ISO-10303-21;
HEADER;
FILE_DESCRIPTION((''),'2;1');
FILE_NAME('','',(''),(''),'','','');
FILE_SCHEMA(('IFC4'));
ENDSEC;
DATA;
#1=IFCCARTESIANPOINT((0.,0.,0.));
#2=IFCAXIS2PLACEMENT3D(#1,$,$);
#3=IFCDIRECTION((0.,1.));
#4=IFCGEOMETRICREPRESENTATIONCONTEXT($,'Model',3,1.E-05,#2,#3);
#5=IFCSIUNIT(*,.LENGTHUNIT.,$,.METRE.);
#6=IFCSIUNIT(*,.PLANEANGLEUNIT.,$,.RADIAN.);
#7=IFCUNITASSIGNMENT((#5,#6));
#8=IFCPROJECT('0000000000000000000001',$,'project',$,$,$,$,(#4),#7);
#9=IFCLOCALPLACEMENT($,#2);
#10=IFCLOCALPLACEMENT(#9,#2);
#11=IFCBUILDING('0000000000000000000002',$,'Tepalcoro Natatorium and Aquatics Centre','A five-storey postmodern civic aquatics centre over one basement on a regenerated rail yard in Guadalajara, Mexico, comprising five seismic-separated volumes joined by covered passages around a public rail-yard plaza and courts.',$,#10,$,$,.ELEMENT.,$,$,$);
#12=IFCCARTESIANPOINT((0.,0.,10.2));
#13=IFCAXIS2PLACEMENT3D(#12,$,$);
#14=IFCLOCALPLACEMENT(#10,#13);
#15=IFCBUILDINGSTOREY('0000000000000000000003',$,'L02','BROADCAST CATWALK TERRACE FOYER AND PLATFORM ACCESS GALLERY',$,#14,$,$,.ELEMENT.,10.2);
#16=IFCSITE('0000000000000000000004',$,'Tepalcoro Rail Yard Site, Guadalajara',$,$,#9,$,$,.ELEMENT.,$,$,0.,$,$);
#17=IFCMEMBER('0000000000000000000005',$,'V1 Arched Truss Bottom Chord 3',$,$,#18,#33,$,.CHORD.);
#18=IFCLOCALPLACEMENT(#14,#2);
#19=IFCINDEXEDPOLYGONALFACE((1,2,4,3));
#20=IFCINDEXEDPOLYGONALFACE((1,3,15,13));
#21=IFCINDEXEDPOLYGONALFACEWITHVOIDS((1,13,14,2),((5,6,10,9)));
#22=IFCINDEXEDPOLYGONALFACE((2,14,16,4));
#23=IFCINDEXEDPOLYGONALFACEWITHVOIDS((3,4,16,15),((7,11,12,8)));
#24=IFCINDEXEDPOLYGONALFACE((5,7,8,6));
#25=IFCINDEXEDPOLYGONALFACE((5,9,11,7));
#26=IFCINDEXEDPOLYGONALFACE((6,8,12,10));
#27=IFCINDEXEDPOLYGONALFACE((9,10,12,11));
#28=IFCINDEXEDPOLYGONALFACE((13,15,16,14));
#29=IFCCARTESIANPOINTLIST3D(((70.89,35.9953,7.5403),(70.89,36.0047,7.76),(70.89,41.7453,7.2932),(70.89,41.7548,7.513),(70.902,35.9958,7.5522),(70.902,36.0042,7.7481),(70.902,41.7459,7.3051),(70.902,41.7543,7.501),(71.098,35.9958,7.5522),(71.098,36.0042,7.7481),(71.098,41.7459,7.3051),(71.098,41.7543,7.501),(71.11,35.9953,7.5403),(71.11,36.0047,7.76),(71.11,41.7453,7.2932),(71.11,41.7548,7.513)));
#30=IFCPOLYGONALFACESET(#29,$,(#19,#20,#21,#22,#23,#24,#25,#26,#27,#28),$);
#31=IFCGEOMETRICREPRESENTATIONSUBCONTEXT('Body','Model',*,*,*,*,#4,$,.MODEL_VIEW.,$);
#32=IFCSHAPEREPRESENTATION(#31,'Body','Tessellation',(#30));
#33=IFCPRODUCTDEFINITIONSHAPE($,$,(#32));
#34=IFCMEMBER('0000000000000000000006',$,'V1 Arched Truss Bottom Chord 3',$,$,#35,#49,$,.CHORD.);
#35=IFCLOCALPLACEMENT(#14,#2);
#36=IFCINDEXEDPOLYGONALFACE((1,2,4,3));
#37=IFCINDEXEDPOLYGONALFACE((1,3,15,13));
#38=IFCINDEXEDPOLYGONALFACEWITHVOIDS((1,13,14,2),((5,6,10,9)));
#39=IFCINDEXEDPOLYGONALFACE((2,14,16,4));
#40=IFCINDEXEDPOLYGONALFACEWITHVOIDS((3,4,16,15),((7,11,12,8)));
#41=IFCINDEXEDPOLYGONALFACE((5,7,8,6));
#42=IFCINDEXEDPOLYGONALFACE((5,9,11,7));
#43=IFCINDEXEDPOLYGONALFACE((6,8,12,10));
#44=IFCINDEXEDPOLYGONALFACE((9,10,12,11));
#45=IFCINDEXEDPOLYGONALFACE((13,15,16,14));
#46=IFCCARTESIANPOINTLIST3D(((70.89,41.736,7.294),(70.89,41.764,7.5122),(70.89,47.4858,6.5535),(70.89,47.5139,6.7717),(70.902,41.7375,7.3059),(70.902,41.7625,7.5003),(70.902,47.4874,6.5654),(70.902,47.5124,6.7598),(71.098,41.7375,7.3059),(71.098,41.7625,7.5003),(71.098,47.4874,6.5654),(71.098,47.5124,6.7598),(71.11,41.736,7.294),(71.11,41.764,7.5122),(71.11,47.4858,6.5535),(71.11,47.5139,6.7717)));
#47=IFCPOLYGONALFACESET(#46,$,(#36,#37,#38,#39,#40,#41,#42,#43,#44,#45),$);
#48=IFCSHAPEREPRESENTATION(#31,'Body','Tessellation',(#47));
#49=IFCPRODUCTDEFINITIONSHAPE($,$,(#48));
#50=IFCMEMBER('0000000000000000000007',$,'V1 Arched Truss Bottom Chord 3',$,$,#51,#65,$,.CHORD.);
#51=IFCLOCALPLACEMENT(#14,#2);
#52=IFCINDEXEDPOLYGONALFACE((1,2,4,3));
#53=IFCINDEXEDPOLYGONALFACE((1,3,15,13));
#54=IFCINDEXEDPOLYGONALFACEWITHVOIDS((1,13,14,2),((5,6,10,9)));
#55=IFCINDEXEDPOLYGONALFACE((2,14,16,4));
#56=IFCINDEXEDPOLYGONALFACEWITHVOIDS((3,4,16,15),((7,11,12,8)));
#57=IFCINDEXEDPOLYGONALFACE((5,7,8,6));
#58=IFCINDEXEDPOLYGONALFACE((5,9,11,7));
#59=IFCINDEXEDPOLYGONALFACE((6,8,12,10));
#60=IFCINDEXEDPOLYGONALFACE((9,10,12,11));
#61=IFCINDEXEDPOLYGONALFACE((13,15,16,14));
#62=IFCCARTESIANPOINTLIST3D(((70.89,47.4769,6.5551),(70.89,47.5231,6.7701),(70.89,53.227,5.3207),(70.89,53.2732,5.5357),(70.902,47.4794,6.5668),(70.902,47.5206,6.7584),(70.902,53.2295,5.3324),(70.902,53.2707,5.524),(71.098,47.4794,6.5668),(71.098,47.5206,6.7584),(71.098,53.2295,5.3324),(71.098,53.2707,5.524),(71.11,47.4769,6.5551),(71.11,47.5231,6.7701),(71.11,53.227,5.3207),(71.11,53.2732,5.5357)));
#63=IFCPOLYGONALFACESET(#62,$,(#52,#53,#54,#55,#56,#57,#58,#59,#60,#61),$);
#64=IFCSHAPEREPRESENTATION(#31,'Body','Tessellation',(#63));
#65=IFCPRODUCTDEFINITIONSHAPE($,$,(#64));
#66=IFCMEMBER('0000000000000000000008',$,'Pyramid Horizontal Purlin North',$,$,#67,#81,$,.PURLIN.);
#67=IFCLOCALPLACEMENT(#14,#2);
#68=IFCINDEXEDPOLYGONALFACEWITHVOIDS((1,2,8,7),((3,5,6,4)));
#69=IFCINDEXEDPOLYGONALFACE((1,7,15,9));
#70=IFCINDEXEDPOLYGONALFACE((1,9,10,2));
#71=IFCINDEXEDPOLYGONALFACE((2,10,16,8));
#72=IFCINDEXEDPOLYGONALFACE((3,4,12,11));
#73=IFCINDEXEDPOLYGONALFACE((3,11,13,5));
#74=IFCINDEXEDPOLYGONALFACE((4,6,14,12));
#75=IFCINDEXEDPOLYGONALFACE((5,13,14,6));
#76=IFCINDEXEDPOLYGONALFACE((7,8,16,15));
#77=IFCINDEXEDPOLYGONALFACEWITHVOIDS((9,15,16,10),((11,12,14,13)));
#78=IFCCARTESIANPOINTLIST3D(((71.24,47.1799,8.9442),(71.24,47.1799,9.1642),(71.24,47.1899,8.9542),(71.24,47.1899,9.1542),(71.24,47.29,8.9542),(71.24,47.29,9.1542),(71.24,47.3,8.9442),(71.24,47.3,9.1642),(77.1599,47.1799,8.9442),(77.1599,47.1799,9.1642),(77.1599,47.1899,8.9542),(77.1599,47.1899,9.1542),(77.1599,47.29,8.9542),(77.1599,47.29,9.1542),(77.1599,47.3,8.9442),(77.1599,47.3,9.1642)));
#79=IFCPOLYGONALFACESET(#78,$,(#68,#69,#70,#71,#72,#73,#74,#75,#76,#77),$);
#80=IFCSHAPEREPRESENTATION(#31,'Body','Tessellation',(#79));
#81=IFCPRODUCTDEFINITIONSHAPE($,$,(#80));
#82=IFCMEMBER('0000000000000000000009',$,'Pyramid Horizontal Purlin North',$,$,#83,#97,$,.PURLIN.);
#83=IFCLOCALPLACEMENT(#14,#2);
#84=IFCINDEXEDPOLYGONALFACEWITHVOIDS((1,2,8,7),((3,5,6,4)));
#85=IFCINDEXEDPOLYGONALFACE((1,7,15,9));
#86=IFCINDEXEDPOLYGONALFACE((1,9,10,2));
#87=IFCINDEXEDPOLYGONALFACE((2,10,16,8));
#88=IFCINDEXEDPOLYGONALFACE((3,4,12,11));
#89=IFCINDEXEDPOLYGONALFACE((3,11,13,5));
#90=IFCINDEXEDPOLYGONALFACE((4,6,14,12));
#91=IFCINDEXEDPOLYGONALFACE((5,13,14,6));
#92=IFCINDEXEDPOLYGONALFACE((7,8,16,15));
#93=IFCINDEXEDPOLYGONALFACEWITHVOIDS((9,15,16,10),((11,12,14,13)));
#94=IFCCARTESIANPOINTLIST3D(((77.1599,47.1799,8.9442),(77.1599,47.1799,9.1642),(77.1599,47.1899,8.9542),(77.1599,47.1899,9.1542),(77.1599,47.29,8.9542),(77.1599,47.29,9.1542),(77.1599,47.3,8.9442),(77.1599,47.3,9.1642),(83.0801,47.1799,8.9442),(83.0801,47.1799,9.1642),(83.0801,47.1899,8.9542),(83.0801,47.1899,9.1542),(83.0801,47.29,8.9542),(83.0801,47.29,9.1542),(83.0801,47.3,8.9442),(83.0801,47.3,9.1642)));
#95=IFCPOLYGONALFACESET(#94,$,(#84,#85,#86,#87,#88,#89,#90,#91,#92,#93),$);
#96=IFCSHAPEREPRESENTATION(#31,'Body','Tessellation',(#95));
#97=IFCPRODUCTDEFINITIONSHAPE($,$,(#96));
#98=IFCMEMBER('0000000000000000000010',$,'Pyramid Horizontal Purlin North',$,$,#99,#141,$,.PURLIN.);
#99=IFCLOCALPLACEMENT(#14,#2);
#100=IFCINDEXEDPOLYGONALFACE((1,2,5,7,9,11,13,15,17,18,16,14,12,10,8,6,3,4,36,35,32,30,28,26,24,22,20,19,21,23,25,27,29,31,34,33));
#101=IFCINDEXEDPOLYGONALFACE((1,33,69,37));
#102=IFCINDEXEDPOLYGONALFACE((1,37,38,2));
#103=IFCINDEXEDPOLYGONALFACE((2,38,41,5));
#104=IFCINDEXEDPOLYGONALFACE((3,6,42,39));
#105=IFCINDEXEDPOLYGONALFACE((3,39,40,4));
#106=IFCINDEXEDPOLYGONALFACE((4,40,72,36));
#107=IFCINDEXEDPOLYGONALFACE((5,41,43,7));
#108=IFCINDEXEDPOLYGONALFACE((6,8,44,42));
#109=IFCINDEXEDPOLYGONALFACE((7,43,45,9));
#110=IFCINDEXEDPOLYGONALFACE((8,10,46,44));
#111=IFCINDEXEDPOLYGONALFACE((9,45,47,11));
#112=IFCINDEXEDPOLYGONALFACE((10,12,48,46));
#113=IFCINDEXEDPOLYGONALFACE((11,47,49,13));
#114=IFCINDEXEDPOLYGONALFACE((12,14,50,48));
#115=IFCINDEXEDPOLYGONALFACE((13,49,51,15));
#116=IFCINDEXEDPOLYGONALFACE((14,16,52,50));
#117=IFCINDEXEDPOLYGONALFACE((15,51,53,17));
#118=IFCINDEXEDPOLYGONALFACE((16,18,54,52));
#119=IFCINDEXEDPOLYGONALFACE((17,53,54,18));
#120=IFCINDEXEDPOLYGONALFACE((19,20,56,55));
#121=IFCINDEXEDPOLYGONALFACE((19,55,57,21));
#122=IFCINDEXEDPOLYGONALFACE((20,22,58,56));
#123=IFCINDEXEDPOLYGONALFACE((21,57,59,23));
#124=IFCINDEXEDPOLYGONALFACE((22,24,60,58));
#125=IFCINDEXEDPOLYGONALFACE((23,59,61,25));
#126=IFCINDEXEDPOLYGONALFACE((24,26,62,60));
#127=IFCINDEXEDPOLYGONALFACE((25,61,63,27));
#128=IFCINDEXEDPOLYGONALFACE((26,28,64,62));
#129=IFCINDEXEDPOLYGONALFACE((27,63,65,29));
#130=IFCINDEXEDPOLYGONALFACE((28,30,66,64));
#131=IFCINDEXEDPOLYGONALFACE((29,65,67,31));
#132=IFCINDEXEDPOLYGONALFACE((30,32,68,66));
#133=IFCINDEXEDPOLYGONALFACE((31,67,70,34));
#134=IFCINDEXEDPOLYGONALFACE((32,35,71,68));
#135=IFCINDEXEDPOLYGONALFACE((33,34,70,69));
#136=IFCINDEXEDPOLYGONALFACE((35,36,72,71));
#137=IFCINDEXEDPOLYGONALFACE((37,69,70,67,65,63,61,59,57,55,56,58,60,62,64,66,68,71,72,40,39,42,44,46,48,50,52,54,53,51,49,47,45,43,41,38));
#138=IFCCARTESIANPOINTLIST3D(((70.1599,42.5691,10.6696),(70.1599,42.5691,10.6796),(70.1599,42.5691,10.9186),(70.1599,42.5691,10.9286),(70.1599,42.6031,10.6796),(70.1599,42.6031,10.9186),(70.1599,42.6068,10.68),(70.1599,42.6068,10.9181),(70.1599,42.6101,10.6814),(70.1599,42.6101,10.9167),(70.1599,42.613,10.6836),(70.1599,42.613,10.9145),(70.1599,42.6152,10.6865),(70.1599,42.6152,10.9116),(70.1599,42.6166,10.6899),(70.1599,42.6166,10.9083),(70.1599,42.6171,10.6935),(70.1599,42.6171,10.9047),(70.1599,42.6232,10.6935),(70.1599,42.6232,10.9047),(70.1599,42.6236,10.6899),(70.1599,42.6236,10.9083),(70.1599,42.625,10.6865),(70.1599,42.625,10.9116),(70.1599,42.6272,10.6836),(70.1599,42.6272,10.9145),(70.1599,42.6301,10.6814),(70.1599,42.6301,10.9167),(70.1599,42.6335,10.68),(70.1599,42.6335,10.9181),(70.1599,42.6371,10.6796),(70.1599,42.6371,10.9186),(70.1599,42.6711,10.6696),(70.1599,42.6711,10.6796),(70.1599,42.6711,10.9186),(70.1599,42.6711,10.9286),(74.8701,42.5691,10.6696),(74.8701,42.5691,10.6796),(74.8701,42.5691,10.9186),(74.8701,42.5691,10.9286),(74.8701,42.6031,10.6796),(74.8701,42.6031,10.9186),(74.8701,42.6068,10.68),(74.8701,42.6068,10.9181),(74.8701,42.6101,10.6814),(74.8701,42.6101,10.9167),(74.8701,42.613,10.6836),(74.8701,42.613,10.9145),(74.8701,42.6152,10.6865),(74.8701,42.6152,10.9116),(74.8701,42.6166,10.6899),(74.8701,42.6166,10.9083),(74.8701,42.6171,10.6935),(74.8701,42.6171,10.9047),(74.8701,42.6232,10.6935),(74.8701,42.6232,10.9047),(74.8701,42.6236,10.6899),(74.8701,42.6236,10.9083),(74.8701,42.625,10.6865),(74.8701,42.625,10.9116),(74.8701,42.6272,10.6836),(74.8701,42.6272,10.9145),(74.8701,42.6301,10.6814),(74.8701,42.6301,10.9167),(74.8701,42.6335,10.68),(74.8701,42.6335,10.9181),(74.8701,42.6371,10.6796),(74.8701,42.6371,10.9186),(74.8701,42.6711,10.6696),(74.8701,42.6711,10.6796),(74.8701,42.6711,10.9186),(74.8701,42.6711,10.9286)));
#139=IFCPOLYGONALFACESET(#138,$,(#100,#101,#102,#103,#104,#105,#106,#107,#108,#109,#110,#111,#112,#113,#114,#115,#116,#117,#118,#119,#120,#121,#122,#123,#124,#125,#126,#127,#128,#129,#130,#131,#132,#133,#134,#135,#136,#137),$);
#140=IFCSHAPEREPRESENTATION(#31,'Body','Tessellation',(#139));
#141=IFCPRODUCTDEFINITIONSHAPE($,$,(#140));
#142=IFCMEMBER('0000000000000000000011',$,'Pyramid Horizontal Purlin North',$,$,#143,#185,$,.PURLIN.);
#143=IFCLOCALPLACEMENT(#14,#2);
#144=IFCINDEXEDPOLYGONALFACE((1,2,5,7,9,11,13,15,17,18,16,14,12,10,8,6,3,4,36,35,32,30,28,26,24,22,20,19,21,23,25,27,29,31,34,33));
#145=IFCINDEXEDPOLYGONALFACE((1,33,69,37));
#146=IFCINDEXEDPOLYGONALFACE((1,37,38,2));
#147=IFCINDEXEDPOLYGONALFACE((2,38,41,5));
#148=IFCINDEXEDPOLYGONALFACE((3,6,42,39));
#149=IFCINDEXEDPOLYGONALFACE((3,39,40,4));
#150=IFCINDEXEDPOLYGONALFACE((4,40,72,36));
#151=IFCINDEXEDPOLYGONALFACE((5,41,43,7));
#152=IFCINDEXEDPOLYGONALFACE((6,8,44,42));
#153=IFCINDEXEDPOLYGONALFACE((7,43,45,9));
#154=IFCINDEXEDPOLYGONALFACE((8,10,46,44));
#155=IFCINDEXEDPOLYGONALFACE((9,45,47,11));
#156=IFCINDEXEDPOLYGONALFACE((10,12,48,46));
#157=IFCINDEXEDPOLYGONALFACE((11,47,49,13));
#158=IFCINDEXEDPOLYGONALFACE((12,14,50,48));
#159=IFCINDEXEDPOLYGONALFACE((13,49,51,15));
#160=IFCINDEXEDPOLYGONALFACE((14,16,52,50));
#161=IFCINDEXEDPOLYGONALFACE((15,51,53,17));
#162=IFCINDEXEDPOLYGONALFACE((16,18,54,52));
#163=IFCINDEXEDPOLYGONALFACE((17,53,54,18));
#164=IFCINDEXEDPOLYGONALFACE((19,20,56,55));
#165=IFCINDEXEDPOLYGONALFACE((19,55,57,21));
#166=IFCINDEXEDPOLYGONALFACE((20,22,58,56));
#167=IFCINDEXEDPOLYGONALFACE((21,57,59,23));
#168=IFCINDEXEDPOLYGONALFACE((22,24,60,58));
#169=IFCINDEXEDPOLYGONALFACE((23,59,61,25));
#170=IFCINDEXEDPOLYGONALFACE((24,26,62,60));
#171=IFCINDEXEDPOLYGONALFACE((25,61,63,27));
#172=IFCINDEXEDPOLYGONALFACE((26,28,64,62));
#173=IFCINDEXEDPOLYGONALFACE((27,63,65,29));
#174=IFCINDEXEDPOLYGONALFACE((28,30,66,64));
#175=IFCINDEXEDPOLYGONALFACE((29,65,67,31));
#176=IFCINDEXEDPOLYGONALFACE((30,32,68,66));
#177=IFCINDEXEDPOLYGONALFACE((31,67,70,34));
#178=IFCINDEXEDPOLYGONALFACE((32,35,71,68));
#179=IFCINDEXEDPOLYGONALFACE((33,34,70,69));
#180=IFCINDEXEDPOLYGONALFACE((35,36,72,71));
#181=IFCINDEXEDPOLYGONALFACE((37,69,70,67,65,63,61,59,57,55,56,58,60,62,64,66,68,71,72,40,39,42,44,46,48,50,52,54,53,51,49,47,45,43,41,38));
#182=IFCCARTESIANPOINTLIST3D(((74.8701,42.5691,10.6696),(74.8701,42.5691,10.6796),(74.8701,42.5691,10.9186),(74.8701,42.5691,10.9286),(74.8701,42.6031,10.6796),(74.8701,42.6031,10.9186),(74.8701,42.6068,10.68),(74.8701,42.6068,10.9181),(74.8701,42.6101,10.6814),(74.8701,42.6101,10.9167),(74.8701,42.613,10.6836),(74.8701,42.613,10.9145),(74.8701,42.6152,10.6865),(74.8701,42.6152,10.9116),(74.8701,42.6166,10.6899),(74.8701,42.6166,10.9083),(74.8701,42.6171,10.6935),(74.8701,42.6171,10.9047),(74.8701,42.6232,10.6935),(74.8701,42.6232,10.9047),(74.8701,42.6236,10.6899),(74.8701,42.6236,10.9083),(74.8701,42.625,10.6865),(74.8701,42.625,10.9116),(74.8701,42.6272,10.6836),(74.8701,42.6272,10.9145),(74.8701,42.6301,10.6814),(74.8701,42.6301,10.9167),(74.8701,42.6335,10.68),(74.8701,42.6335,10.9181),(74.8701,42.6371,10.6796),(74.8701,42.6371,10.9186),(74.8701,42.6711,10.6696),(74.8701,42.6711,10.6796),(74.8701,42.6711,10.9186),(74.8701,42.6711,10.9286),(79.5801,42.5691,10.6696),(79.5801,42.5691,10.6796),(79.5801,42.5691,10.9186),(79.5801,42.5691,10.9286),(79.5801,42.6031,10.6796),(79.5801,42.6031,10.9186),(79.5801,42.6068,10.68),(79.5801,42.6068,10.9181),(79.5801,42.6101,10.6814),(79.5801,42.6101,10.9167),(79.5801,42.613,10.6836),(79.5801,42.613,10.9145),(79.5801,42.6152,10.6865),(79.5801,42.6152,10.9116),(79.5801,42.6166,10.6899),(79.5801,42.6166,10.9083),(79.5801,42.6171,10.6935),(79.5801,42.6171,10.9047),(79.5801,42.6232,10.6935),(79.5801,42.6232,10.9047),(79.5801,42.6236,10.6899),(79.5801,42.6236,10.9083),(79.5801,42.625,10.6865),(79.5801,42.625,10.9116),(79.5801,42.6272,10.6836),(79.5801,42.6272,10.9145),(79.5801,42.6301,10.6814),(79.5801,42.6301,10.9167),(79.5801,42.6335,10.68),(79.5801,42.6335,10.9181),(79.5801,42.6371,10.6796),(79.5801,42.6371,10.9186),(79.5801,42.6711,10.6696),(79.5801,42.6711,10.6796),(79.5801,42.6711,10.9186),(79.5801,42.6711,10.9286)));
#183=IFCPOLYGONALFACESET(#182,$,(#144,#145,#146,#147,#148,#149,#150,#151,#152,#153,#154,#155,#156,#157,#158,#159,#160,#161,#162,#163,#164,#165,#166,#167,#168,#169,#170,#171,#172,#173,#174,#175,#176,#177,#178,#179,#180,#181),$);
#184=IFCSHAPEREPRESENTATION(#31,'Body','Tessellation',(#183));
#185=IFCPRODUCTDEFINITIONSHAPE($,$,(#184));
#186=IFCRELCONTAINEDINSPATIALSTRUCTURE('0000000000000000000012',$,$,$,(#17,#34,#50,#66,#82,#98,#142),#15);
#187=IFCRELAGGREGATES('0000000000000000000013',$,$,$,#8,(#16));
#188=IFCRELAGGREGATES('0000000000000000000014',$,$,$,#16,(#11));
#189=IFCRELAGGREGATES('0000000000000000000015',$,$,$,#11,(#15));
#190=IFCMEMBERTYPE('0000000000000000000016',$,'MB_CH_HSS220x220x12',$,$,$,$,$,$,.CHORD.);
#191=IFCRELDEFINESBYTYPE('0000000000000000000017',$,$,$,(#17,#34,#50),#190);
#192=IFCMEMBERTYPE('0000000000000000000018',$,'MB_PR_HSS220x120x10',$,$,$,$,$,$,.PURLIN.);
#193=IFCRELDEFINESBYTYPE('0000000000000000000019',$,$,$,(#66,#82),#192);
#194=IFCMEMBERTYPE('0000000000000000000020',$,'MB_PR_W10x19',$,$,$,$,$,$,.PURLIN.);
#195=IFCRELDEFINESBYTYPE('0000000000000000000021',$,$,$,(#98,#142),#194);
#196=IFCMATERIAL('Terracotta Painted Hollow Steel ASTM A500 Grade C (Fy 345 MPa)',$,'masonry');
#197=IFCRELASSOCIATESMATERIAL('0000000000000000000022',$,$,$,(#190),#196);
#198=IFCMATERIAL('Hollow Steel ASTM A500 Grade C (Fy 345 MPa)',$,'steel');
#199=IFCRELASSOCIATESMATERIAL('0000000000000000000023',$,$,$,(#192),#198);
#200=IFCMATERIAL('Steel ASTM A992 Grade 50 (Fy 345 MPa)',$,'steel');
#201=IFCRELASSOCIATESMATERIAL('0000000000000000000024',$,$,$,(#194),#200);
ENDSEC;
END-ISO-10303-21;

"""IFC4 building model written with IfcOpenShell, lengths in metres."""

from ifc_helpers import new_model, si_unit, direction, frame, origin, origin_2d, place, context, subcontext, project, spatial, hollow_rectangle, i_section, extrude, material, material_profile, profile_set, type_object, element, save


model = new_model("IFC4")

# Units and contexts
model_context = context("Model", 3, precision=1e-05, world=origin(), true_north=direction((0.0, 1.0)))
body_context = subcontext(model_context, "Body", "Model", "MODEL_VIEW")
ifc_project = project(units=[si_unit("LENGTHUNIT", "METRE"), si_unit("PLANEANGLEUNIT", "RADIAN")], contexts=[model_context])

# Site, building, storey
site_placement = place(None, origin())
site = spatial("IfcSite", under=ifc_project, at=site_placement, Name="Tepalcoro Rail Yard Site, Guadalajara", CompositionType="ELEMENT", RefElevation=0.0)
building_placement = place(site_placement, origin())
building = spatial("IfcBuilding", under=site, at=building_placement, Name="Tepalcoro Natatorium and Aquatics Centre", Description="A five-storey postmodern civic aquatics centre over one basement on a regenerated rail yard in Guadalajara, Mexico, comprising five seismic-separated volumes joined by covered passages around a public rail-yard plaza and courts.", CompositionType="ELEMENT")
storey_placement = place(building_placement, frame((0.0, 0.0, 10.2)))
storey = spatial("IfcBuildingStorey", under=building, at=storey_placement, Name="L02", Description="BROADCAST CATWALK TERRACE FOYER AND PLATFORM ACCESS GALLERY", CompositionType="ELEMENT", Elevation=10.2)

# Shared definitions
ifc_material_1 = material(Name="Terracotta Painted Hollow Steel ASTM A500 Grade C (Fy 345 MPa)", Category="masonry")

# Members
ifc_material_profile_1 = material_profile(ifc_material_1, hollow_rectangle(XDim=0.22, YDim=0.22, WallThickness=0.012, at=origin_2d()), Name="HSS220X220X12")
ifc_profile_set_1 = profile_set([ifc_material_profile_1], Name="Terracotta Painted Hollow Steel ASTM A500 Grade C (Fy 345 MPa)")
member_type_1 = type_object("IfcMemberType", Name="MB_CH_HSS220x220x12", PredefinedType="CHORD", material=ifc_profile_set_1)
member_1_placement = place(storey_placement, frame((71.0, 36.0, 7.6501), z_axis=(0.0, 0.999078, -0.042929), x_axis=(-1.0, 0.0, 0.0)))
element("IfcMember", 1, at=member_1_placement, inside=storey, type_object=member_type_1, Name="V1 Arched Truss Bottom Chord 3", PredefinedType="CHORD", context=body_context, shape_type="SweptSolid", body=[
    extrude(hollow_rectangle(XDim=0.22, YDim=0.22, WallThickness=0.012, at=origin_2d()), origin(), (0.0, 0.0, 1.0), 5.7554),
])
member_2_placement = place(storey_placement, frame((71.0, 41.75, 7.4031), z_axis=(0.0, 0.99181, -0.127724), x_axis=(-1.0, 0.0, 0.0)))
element("IfcMember", 2, at=member_2_placement, inside=storey, type_object=member_type_1, Name="V1 Arched Truss Bottom Chord 3", PredefinedType="CHORD", context=body_context, shape_type="SweptSolid", body=[
    extrude(hollow_rectangle(XDim=0.22, YDim=0.22, WallThickness=0.012, at=origin_2d()), origin(), (0.0, 0.0, 1.0), 5.7974),
])
member_3_placement = place(storey_placement, frame((71.0, 47.5, 6.6626), z_axis=(0.0, 0.977725, -0.209892), x_axis=(-1.0, 0.0, 0.0)))
element("IfcMember", 3, at=member_3_placement, inside=storey, type_object=member_type_1, Name="V1 Arched Truss Bottom Chord 3", PredefinedType="CHORD", context=body_context, shape_type="SweptSolid", body=[
    extrude(hollow_rectangle(XDim=0.22, YDim=0.22, WallThickness=0.012, at=origin_2d()), origin(), (0.0, 0.0, 1.0), 5.8811),
])
ifc_material_2 = material(Name="Hollow Steel ASTM A500 Grade C (Fy 345 MPa)", Category="steel")
ifc_material_profile_2 = material_profile(ifc_material_2, hollow_rectangle(XDim=0.1201, YDim=0.22, WallThickness=0.01, at=origin_2d()), Name="HSS220X120X10")
ifc_profile_set_2 = profile_set([ifc_material_profile_2], Name="Hollow Steel ASTM A500 Grade C (Fy 345 MPa)")
member_type_2 = type_object("IfcMemberType", Name="MB_PR_HSS220x120x10", PredefinedType="PURLIN", material=ifc_profile_set_2)
member_4_placement = place(storey_placement, frame((71.24, 47.24, 9.0542), z_axis=(1.0, 0.0, 0.0), x_axis=(0.0, 1.0, 0.0)))
element("IfcMember", 4, at=member_4_placement, inside=storey, type_object=member_type_2, Name="Pyramid Horizontal Purlin North", PredefinedType="PURLIN", context=body_context, shape_type="SweptSolid", body=[
    extrude(hollow_rectangle(XDim=0.1201, YDim=0.22, WallThickness=0.01, at=origin_2d()), origin(), (0.0, 0.0, 1.0), 5.9199),
])
member_5_placement = place(storey_placement, frame((77.1599, 47.24, 9.0542), z_axis=(1.0, 0.0, 0.0), x_axis=(0.0, 1.0, 0.0)))
element("IfcMember", 5, at=member_5_placement, inside=storey, type_object=member_type_2, Name="Pyramid Horizontal Purlin North", PredefinedType="PURLIN", context=body_context, shape_type="SweptSolid", body=[
    extrude(hollow_rectangle(XDim=0.1201, YDim=0.22, WallThickness=0.01, at=origin_2d()), origin(), (0.0, 0.0, 1.0), 5.9202),
])
ifc_material_3 = material(Name="Steel ASTM A992 Grade 50 (Fy 345 MPa)", Category="steel")
ifc_material_profile_3 = material_profile(ifc_material_3, i_section(OverallWidth=0.1021, OverallDepth=0.259, WebThickness=0.0061, FlangeThickness=0.01, FilletRadius=0.0139, at=origin_2d()), Name="W10X19")
ifc_profile_set_3 = profile_set([ifc_material_profile_3], Name="Steel ASTM A992 Grade 50 (Fy 345 MPa)")
member_type_3 = type_object("IfcMemberType", Name="MB_PR_W10x19", PredefinedType="PURLIN", material=ifc_profile_set_3)
member_6_placement = place(storey_placement, frame((70.1599, 42.6201, 10.7991), z_axis=(1.0, 0.0, 0.0), x_axis=(0.0, 1.0, 0.0)))
element("IfcMember", 6, at=member_6_placement, inside=storey, type_object=member_type_3, Name="Pyramid Horizontal Purlin North", PredefinedType="PURLIN", context=body_context, shape_type="SweptSolid", body=[
    extrude(i_section(OverallWidth=0.1021, OverallDepth=0.259, WebThickness=0.0061, FlangeThickness=0.01, FilletRadius=0.0139, at=origin_2d()), origin(), (0.0, 0.0, 1.0), 4.7102),
])
for number, where, z_axis, x_axis, name in (
    (7, (74.8701, 42.6201, 10.7991), (1.0, 0.0, 0.0), (0.0, 1.0, 0.0), "Pyramid Horizontal Purlin North"),
):
    element("IfcMember", number, at=place(storey_placement, frame(where, z_axis=z_axis, x_axis=x_axis)), inside=storey, type_object=member_type_3, Name=name, PredefinedType="PURLIN", context=body_context, shape_type="SweptSolid", body=[
        extrude(i_section(OverallWidth=0.1021, OverallDepth=0.259, WebThickness=0.0061, FlangeThickness=0.01, FilletRadius=0.0139, at=origin_2d()), origin(), (0.0, 0.0, 1.0), 4.71),
    ])

save(model, "model.ifc")
